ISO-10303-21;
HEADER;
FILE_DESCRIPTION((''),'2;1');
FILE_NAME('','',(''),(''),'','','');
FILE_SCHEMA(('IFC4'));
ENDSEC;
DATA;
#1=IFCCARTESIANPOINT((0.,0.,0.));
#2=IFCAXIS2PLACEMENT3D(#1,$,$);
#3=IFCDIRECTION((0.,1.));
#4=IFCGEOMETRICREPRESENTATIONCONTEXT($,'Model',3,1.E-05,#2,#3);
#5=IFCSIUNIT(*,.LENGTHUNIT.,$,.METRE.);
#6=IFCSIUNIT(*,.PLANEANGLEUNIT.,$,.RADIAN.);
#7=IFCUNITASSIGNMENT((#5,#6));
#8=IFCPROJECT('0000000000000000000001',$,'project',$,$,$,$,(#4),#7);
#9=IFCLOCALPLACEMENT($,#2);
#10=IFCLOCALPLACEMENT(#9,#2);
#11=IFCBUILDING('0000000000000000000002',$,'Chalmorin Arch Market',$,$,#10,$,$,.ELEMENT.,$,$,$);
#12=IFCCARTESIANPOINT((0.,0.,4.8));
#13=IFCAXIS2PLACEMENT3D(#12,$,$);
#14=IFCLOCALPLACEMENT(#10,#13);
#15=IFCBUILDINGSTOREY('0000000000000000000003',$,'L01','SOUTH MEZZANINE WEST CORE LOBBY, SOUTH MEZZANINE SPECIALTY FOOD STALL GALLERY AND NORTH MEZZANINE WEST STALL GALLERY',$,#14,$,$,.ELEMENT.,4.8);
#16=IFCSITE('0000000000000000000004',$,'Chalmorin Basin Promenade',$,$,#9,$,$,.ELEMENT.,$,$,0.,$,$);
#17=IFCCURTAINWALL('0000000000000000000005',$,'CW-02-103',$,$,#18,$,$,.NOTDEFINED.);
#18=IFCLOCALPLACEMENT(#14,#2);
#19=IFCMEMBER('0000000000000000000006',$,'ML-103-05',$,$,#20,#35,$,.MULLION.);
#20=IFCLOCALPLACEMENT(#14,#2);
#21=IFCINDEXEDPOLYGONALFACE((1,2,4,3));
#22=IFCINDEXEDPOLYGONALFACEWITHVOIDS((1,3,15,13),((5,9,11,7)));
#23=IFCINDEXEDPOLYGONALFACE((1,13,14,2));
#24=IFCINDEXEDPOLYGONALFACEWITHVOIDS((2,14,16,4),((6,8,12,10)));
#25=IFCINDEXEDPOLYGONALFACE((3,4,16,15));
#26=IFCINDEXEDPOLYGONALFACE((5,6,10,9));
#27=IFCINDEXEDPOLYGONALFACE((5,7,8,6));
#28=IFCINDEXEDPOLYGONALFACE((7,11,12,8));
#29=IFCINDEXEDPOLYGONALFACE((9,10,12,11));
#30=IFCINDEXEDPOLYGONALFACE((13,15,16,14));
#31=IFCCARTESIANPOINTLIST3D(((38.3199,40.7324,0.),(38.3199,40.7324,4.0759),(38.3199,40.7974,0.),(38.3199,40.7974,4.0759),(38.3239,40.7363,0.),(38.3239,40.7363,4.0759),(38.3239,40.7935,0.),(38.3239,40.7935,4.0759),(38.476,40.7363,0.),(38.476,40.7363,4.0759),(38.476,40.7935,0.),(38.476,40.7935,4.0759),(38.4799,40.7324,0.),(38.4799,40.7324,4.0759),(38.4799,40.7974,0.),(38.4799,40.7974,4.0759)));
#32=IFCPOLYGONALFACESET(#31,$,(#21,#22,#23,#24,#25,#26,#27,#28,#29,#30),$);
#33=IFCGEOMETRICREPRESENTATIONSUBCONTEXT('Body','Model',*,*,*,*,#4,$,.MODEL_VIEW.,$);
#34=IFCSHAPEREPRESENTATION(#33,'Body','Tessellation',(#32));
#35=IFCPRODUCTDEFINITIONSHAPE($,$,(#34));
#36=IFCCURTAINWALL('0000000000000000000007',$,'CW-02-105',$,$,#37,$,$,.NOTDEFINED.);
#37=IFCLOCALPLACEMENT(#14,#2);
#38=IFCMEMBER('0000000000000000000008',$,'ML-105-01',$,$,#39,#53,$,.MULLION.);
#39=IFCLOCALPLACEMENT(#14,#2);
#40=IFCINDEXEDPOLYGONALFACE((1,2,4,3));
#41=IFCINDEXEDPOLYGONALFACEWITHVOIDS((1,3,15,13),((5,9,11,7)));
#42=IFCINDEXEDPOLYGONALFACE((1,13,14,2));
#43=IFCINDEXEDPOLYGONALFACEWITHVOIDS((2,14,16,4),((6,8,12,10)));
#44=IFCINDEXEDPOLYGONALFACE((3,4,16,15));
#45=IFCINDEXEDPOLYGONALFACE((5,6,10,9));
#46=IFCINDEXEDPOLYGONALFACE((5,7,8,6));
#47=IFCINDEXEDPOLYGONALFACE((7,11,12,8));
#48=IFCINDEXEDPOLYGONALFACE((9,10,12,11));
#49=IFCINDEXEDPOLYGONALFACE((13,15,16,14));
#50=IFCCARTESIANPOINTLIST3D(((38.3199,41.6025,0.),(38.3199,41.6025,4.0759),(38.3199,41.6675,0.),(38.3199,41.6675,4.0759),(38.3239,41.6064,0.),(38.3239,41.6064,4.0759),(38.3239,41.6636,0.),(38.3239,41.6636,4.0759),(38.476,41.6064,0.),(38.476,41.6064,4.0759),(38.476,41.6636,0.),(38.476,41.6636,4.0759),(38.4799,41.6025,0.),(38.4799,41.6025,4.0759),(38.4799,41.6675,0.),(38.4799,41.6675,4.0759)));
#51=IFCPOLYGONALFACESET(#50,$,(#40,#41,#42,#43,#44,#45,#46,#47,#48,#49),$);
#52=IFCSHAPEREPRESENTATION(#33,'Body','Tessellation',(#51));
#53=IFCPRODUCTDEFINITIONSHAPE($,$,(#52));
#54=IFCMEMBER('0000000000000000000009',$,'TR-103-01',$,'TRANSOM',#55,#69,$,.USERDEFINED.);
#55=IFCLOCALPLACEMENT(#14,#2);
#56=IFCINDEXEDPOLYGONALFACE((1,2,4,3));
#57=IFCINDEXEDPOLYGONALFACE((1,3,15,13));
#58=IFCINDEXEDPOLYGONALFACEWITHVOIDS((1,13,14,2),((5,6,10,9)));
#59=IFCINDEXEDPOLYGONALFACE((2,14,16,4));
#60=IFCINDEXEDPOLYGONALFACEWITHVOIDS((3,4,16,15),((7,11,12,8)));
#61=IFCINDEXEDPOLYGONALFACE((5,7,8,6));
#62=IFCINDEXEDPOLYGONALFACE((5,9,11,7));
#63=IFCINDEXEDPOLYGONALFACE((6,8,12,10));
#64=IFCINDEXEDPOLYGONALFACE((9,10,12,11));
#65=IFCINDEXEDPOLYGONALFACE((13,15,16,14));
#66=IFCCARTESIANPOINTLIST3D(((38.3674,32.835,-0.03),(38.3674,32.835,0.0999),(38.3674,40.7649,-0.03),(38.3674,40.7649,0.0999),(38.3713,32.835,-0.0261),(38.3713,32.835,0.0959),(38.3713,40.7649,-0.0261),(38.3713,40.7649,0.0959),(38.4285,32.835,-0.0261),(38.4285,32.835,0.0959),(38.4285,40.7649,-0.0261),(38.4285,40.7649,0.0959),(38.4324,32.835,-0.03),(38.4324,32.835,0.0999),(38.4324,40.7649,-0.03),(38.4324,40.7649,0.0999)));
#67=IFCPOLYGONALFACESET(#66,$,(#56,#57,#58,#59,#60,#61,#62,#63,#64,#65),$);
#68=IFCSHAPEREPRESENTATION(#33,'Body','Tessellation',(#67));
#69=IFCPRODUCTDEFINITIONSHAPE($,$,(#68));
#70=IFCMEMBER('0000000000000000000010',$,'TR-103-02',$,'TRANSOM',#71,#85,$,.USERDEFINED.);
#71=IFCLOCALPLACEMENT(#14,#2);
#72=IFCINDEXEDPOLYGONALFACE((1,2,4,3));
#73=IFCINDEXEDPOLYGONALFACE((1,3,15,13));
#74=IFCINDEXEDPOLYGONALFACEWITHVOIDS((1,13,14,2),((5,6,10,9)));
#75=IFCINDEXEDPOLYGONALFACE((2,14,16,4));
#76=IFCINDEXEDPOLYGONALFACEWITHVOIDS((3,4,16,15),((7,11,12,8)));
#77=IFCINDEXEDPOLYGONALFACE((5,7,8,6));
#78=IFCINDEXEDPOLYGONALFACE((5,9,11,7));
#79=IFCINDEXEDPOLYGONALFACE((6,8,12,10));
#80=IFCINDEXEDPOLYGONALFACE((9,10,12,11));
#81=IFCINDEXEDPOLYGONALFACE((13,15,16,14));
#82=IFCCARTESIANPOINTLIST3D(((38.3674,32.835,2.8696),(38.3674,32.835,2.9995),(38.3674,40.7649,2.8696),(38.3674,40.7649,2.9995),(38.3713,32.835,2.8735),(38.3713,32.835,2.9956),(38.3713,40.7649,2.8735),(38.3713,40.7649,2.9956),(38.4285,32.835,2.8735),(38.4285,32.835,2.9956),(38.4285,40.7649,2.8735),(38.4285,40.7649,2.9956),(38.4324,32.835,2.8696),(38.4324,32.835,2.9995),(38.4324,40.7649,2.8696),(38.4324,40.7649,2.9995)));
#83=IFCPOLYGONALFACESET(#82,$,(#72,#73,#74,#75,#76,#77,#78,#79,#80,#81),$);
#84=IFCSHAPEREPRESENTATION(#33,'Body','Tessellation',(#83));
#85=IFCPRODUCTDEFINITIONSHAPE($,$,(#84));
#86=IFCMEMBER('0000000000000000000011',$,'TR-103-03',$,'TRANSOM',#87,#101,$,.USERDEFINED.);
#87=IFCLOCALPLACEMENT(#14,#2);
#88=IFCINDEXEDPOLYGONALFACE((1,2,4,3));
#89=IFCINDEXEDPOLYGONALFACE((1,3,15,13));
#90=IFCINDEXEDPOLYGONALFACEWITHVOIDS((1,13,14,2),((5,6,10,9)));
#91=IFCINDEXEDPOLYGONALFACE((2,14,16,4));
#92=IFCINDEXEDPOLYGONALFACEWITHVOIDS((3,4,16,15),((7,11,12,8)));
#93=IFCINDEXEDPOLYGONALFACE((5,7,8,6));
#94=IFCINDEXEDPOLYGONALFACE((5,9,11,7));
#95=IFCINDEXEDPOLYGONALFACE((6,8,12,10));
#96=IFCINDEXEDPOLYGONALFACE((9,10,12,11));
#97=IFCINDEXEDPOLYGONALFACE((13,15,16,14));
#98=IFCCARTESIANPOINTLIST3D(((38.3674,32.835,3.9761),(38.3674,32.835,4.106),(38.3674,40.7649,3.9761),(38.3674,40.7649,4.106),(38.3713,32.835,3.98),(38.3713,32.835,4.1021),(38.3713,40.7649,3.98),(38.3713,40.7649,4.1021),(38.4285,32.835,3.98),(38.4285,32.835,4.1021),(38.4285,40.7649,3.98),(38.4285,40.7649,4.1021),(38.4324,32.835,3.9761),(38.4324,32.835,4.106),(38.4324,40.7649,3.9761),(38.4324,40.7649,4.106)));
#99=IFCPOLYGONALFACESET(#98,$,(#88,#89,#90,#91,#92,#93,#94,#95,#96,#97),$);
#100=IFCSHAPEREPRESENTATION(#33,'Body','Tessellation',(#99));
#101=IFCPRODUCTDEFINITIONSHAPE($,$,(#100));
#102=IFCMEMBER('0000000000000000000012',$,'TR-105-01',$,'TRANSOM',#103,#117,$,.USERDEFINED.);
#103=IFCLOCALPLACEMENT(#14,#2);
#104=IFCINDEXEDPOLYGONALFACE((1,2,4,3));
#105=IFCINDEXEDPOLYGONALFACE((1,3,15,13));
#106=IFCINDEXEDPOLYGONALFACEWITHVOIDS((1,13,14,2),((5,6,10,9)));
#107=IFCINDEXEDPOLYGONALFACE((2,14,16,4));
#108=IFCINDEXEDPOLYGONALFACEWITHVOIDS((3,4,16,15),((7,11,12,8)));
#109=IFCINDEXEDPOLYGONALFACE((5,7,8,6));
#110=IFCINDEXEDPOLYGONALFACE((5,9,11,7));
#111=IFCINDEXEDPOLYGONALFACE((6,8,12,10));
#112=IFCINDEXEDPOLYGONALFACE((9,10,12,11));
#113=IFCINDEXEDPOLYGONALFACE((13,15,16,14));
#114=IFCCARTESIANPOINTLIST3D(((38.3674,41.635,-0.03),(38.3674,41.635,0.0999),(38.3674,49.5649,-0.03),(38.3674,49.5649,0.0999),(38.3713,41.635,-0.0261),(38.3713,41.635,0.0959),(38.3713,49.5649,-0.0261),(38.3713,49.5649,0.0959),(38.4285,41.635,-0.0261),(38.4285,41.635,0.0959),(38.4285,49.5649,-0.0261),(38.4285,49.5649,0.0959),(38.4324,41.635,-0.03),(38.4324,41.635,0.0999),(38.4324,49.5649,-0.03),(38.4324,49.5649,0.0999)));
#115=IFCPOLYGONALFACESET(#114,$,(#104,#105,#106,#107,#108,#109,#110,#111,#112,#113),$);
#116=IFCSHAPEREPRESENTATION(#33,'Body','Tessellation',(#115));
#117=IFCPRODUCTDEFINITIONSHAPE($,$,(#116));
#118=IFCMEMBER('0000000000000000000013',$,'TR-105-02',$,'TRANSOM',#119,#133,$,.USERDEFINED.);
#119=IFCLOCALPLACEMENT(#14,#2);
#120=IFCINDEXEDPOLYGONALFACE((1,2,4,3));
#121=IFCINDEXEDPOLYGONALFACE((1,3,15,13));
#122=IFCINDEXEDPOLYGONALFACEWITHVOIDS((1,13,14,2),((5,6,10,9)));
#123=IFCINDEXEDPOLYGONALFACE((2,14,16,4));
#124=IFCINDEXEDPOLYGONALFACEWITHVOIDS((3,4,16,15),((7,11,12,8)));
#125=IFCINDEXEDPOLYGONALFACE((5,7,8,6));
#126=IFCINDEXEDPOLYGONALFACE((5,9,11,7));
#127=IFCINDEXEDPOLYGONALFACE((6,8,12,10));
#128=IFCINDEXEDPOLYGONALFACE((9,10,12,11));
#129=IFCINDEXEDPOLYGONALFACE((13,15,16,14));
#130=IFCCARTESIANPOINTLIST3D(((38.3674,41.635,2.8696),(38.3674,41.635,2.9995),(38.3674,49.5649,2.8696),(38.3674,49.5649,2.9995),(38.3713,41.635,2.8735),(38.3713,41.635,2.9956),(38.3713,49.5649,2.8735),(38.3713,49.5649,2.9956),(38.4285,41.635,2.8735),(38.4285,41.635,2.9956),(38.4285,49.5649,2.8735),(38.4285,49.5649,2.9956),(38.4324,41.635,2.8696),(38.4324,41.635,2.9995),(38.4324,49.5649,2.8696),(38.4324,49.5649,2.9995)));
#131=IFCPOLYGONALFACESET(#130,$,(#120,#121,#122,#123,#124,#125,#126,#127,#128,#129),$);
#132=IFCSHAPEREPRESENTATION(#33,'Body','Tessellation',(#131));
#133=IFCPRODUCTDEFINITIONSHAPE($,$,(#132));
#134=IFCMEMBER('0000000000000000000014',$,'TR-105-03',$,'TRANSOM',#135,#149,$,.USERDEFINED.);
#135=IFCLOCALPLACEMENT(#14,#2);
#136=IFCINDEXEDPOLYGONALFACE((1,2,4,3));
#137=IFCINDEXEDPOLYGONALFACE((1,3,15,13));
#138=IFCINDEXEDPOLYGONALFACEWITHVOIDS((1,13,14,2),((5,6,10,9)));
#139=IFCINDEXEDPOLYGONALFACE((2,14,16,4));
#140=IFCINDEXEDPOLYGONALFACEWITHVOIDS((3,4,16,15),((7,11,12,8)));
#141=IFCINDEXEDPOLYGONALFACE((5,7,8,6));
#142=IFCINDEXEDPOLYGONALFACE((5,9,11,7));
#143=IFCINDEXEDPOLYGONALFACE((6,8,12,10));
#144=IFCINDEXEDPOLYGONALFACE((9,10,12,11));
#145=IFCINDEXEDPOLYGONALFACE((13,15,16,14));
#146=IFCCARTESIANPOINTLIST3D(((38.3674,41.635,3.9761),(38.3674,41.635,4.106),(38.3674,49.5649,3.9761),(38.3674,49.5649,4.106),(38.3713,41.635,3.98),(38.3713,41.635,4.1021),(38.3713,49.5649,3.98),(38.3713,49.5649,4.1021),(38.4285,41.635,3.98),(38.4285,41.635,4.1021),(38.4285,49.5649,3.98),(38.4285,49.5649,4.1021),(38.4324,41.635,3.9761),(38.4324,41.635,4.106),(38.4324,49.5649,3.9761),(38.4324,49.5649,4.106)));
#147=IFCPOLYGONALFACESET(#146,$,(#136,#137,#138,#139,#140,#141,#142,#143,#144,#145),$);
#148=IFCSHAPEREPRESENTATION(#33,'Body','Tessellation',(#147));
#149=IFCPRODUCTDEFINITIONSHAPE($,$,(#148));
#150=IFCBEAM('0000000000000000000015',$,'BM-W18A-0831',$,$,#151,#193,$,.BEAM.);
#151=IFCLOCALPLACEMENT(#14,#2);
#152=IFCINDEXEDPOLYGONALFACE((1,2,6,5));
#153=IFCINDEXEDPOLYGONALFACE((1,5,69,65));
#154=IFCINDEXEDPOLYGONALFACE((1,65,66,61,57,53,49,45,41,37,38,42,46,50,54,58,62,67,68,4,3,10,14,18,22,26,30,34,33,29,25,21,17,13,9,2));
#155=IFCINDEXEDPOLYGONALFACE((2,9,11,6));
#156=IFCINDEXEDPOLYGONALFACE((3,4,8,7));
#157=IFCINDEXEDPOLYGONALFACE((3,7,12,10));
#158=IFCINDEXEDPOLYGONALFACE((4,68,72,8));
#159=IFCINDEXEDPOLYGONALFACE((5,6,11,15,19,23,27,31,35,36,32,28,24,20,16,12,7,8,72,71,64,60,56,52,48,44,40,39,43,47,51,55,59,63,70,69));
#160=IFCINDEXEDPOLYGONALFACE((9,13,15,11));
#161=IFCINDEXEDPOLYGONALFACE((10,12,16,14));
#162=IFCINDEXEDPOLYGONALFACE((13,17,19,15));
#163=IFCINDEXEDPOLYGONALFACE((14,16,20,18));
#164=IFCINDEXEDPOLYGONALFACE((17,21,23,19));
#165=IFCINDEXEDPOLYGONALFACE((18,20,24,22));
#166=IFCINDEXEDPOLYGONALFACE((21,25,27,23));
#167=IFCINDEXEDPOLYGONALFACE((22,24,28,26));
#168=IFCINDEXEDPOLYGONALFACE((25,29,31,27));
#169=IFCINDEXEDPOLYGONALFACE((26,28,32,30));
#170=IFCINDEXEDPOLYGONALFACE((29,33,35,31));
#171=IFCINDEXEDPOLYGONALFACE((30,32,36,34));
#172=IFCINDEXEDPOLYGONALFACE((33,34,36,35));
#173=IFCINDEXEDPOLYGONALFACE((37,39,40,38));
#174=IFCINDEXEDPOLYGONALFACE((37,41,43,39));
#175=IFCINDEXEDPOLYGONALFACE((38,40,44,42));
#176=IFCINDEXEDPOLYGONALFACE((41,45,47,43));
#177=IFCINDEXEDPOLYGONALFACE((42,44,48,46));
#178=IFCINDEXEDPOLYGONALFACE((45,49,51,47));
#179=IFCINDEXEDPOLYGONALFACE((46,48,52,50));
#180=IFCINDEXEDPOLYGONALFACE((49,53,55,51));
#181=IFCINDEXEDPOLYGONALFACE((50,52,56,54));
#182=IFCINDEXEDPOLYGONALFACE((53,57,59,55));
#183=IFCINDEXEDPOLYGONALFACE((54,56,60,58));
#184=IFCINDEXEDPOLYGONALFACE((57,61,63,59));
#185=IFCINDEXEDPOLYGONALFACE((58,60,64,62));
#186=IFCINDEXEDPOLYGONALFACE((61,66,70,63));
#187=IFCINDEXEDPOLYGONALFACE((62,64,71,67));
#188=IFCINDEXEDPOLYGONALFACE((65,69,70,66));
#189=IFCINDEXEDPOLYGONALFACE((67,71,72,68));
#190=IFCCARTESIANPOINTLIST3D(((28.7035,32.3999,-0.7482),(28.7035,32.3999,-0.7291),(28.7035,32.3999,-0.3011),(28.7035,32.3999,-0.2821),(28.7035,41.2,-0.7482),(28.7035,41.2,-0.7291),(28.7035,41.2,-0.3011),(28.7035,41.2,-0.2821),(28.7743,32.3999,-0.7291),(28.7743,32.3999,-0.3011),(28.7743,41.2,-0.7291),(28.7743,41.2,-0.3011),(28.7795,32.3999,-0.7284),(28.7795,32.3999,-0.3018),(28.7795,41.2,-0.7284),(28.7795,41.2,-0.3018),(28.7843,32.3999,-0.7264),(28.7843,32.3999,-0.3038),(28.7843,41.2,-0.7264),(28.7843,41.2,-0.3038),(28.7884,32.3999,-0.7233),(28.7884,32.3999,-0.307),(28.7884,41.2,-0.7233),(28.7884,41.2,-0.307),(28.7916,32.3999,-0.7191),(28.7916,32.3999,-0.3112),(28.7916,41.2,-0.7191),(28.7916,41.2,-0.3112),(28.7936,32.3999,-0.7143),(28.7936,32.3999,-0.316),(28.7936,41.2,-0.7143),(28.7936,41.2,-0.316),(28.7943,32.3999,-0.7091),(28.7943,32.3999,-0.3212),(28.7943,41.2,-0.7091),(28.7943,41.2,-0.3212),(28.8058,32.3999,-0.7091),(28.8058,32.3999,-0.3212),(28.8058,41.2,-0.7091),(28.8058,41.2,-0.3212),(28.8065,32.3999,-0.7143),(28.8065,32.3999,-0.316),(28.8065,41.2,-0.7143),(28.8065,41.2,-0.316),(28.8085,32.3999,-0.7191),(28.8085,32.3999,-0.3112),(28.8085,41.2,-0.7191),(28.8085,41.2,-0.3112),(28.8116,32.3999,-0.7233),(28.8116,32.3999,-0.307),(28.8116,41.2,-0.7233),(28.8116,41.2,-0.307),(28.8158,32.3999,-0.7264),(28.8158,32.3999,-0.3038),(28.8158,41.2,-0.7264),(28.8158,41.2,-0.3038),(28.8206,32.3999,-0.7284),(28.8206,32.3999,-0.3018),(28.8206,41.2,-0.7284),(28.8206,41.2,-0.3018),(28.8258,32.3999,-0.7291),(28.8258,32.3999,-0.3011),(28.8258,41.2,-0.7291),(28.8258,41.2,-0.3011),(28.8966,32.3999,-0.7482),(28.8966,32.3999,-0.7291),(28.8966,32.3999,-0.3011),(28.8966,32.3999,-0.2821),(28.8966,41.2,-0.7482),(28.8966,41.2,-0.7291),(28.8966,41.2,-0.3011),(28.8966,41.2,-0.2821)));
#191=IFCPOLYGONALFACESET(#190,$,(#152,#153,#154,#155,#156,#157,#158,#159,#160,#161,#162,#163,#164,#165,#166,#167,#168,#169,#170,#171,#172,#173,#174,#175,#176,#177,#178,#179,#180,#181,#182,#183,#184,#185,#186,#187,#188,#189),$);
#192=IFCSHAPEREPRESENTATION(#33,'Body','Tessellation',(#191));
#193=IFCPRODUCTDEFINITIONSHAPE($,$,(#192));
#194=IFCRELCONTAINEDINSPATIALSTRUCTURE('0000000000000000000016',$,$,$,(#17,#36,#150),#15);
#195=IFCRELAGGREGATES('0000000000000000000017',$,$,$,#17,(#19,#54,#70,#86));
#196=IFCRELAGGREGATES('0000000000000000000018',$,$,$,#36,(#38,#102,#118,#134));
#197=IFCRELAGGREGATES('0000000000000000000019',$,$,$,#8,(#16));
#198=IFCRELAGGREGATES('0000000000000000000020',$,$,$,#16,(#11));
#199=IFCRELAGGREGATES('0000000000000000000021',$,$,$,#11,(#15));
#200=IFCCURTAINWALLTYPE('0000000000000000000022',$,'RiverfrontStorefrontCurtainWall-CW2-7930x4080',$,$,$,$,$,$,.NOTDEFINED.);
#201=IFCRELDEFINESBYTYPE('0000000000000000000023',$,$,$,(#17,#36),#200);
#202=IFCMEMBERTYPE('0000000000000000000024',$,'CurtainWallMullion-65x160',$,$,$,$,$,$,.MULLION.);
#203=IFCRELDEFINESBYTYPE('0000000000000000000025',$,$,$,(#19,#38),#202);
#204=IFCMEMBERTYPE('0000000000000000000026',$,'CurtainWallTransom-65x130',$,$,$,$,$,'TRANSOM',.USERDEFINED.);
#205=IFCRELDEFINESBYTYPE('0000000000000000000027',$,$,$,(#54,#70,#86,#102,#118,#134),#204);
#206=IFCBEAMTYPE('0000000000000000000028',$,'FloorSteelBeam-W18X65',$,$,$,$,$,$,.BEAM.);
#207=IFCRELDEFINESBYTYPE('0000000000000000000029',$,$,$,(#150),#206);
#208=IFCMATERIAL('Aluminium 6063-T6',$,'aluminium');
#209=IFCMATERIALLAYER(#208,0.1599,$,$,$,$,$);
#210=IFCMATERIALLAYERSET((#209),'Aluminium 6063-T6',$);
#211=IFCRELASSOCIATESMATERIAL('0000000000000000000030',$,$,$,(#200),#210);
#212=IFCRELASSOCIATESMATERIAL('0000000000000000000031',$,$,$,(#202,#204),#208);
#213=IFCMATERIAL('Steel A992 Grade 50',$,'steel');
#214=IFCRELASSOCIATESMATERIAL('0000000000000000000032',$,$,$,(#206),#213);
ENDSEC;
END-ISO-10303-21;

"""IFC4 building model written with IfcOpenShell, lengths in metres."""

from ifc_helpers import new_model, si_unit, direction, frame, origin, origin_2d, place, context, subcontext, project, spatial, hollow_rectangle, i_section, extrude, material, layer, layer_set, material_profile, profile_set, type_object, element, aggregate, save


model = new_model("IFC4")

# Units and contexts
model_context = context("Model", 3, precision=1e-05, world=origin(), true_north=direction((0.0, 1.0)))
body_context = subcontext(model_context, "Body", "Model", "MODEL_VIEW")
ifc_project = project(units=[si_unit("LENGTHUNIT", "METRE"), si_unit("PLANEANGLEUNIT", "RADIAN")], contexts=[model_context])

# Site, building, storey
site_placement = place(None, origin())
site = spatial("IfcSite", under=ifc_project, at=site_placement, Name="Chalmorin Basin Promenade", CompositionType="ELEMENT", RefElevation=0.0)
building_placement = place(site_placement, origin())
building = spatial("IfcBuilding", under=site, at=building_placement, Name="Chalmorin Arch Market", CompositionType="ELEMENT")
storey_placement = place(building_placement, frame((0.0, 0.0, 4.8)))
storey = spatial("IfcBuildingStorey", under=building, at=storey_placement, Name="L01", Description="SOUTH MEZZANINE WEST CORE LOBBY, SOUTH MEZZANINE SPECIALTY FOOD STALL GALLERY AND NORTH MEZZANINE WEST STALL GALLERY", CompositionType="ELEMENT", Elevation=4.8)

# Shared definitions
ifc_material_1 = material(Name="Steel A992 Grade 50", Category="steel")

# Curtain wall, member
ifc_material_2 = material(Name="Aluminium 6063-T6", Category="aluminium")
ifc_layer_1 = layer(ifc_material_2, 0.1599)
ifc_layer_set_1 = layer_set([ifc_layer_1], Name="Aluminium 6063-T6")
curtain_wall_type = type_object("IfcCurtainWallType", Name="RiverfrontStorefrontCurtainWall-CW2-7930x4080", PredefinedType="NOTDEFINED", material=ifc_layer_set_1)
curtain_wall_1_placement = place(storey_placement, origin())
curtain_wall_1 = element("IfcCurtainWall", 1, at=curtain_wall_1_placement, inside=storey, type_object=curtain_wall_type, Name="CW-02-103", PredefinedType="NOTDEFINED")
ifc_material_profile_1 = material_profile(ifc_material_2, hollow_rectangle(XDim=0.0649, YDim=0.1599, WallThickness=0.0039, at=origin_2d()), Name="ALU65X160X4")
ifc_profile_set_1 = profile_set([ifc_material_profile_1], Name="Aluminium 6063-T6")
member_type_1 = type_object("IfcMemberType", Name="CurtainWallMullion-65x160", PredefinedType="MULLION", material=ifc_profile_set_1)
member_1_placement = place(storey_placement, frame((38.3999, 40.7649, 0.0), z_axis=(0.0, 0.0, 1.0), x_axis=(0.0, 1.0, 0.0)))
member_1 = element("IfcMember", 2, at=member_1_placement, type_object=member_type_1, Name="ML-103-05", PredefinedType="MULLION", context=body_context, shape_type="SweptSolid", body=[
    extrude(hollow_rectangle(XDim=0.0649, YDim=0.1599, WallThickness=0.0039, at=origin_2d()), origin(), (0.0, 0.0, 1.0), 4.0759),
])

# Curtain wall, member
curtain_wall_2_placement = place(storey_placement, origin())
curtain_wall_2 = element("IfcCurtainWall", 3, at=curtain_wall_2_placement, inside=storey, type_object=curtain_wall_type, Name="CW-02-105", PredefinedType="NOTDEFINED")
member_2_placement = place(storey_placement, frame((38.3999, 41.635, 0.0), z_axis=(0.0, 0.0, 1.0), x_axis=(0.0, 1.0, 0.0)))
member_2 = element("IfcMember", 4, at=member_2_placement, type_object=member_type_1, Name="ML-105-01", PredefinedType="MULLION", context=body_context, shape_type="SweptSolid", body=[
    extrude(hollow_rectangle(XDim=0.0649, YDim=0.1599, WallThickness=0.0039, at=origin_2d()), origin(), (0.0, 0.0, 1.0), 4.0759),
])

# Members
ifc_material_profile_2 = material_profile(ifc_material_2, hollow_rectangle(XDim=0.0649, YDim=0.1299, WallThickness=0.0039, at=origin_2d()), Name="ALU65X130X4")
ifc_profile_set_2 = profile_set([ifc_material_profile_2], Name="Aluminium 6063-T6")
member_type_2 = type_object("IfcMemberType", Name="CurtainWallTransom-65x130", ElementType="TRANSOM", PredefinedType="USERDEFINED", material=ifc_profile_set_2)
member_3_placement = place(storey_placement, frame((38.3999, 32.835, 0.0349), z_axis=(0.0, 1.0, 0.0), x_axis=(-1.0, 0.0, 0.0)))
member_3 = element("IfcMember", 5, at=member_3_placement, type_object=member_type_2, Name="TR-103-01", ObjectType="TRANSOM", PredefinedType="USERDEFINED", context=body_context, shape_type="SweptSolid", body=[
    extrude(hollow_rectangle(XDim=0.0649, YDim=0.1299, WallThickness=0.0039, at=origin_2d()), origin(), (0.0, 0.0, 1.0), 7.9299),
])
member_4_placement = place(storey_placement, frame((38.3999, 32.835, 2.9346), z_axis=(0.0, 1.0, 0.0), x_axis=(-1.0, 0.0, 0.0)))
member_4 = element("IfcMember", 6, at=member_4_placement, type_object=member_type_2, Name="TR-103-02", ObjectType="TRANSOM", PredefinedType="USERDEFINED", context=body_context, shape_type="SweptSolid", body=[
    extrude(hollow_rectangle(XDim=0.0649, YDim=0.1299, WallThickness=0.0039, at=origin_2d()), origin(), (0.0, 0.0, 1.0), 7.9299),
])
member_5_placement = place(storey_placement, frame((38.3999, 32.835, 4.041), z_axis=(0.0, 1.0, 0.0), x_axis=(-1.0, 0.0, 0.0)))
member_5 = element("IfcMember", 7, at=member_5_placement, type_object=member_type_2, Name="TR-103-03", ObjectType="TRANSOM", PredefinedType="USERDEFINED", context=body_context, shape_type="SweptSolid", body=[
    extrude(hollow_rectangle(XDim=0.0649, YDim=0.1299, WallThickness=0.0039, at=origin_2d()), origin(), (0.0, 0.0, 1.0), 7.9299),
])
member_6_placement = place(storey_placement, frame((38.3999, 41.635, 0.0349), z_axis=(0.0, 1.0, 0.0), x_axis=(-1.0, 0.0, 0.0)))
member_6 = element("IfcMember", 8, at=member_6_placement, type_object=member_type_2, Name="TR-105-01", ObjectType="TRANSOM", PredefinedType="USERDEFINED", context=body_context, shape_type="SweptSolid", body=[
    extrude(hollow_rectangle(XDim=0.0649, YDim=0.1299, WallThickness=0.0039, at=origin_2d()), origin(), (0.0, 0.0, 1.0), 7.9299),
])
member_7_placement = place(storey_placement, frame((38.3999, 41.635, 2.9346), z_axis=(0.0, 1.0, 0.0), x_axis=(-1.0, 0.0, 0.0)))
member_7 = element("IfcMember", 9, at=member_7_placement, type_object=member_type_2, Name="TR-105-02", ObjectType="TRANSOM", PredefinedType="USERDEFINED", context=body_context, shape_type="SweptSolid", body=[
    extrude(hollow_rectangle(XDim=0.0649, YDim=0.1299, WallThickness=0.0039, at=origin_2d()), origin(), (0.0, 0.0, 1.0), 7.9299),
])
member_8_placement = place(storey_placement, frame((38.3999, 41.635, 4.041), z_axis=(0.0, 1.0, 0.0), x_axis=(-1.0, 0.0, 0.0)))
member_8 = element("IfcMember", 10, at=member_8_placement, type_object=member_type_2, Name="TR-105-03", ObjectType="TRANSOM", PredefinedType="USERDEFINED", context=body_context, shape_type="SweptSolid", body=[
    extrude(hollow_rectangle(XDim=0.0649, YDim=0.1299, WallThickness=0.0039, at=origin_2d()), origin(), (0.0, 0.0, 1.0), 7.9299),
])

# Beam
ifc_material_profile_3 = material_profile(ifc_material_1, i_section(OverallWidth=0.1931, OverallDepth=0.4661, WebThickness=0.0115, FlangeThickness=0.019, FilletRadius=0.02, at=origin_2d()), Name="W18X65")
ifc_profile_set_3 = profile_set([ifc_material_profile_3], Name="Steel A992 Grade 50")
beam_type_1 = type_object("IfcBeamType", Name="FloorSteelBeam-W18X65", PredefinedType="BEAM", material=ifc_profile_set_3)
for number, where, z_axis, x_axis, name in (
    (11, (28.8, 32.3999, -0.5151), (0.0, 1.0, 0.0), (-1.0, 0.0, 0.0), "BM-W18A-0831"),
):
    element("IfcBeam", number, at=place(storey_placement, frame(where, z_axis=z_axis, x_axis=x_axis)), inside=storey, type_object=beam_type_1, Name=name, PredefinedType="BEAM", context=body_context, shape_type="SweptSolid", body=[
        extrude(i_section(OverallWidth=0.1931, OverallDepth=0.4661, WebThickness=0.0115, FlangeThickness=0.019, FilletRadius=0.02, at=origin_2d()), origin(), (0.0, 0.0, 1.0), 8.8),
    ])

aggregate(curtain_wall_1, [member_1, member_3, member_4, member_5])
aggregate(curtain_wall_2, [member_2, member_6, member_7, member_8])

save(model, "model.ifc")
